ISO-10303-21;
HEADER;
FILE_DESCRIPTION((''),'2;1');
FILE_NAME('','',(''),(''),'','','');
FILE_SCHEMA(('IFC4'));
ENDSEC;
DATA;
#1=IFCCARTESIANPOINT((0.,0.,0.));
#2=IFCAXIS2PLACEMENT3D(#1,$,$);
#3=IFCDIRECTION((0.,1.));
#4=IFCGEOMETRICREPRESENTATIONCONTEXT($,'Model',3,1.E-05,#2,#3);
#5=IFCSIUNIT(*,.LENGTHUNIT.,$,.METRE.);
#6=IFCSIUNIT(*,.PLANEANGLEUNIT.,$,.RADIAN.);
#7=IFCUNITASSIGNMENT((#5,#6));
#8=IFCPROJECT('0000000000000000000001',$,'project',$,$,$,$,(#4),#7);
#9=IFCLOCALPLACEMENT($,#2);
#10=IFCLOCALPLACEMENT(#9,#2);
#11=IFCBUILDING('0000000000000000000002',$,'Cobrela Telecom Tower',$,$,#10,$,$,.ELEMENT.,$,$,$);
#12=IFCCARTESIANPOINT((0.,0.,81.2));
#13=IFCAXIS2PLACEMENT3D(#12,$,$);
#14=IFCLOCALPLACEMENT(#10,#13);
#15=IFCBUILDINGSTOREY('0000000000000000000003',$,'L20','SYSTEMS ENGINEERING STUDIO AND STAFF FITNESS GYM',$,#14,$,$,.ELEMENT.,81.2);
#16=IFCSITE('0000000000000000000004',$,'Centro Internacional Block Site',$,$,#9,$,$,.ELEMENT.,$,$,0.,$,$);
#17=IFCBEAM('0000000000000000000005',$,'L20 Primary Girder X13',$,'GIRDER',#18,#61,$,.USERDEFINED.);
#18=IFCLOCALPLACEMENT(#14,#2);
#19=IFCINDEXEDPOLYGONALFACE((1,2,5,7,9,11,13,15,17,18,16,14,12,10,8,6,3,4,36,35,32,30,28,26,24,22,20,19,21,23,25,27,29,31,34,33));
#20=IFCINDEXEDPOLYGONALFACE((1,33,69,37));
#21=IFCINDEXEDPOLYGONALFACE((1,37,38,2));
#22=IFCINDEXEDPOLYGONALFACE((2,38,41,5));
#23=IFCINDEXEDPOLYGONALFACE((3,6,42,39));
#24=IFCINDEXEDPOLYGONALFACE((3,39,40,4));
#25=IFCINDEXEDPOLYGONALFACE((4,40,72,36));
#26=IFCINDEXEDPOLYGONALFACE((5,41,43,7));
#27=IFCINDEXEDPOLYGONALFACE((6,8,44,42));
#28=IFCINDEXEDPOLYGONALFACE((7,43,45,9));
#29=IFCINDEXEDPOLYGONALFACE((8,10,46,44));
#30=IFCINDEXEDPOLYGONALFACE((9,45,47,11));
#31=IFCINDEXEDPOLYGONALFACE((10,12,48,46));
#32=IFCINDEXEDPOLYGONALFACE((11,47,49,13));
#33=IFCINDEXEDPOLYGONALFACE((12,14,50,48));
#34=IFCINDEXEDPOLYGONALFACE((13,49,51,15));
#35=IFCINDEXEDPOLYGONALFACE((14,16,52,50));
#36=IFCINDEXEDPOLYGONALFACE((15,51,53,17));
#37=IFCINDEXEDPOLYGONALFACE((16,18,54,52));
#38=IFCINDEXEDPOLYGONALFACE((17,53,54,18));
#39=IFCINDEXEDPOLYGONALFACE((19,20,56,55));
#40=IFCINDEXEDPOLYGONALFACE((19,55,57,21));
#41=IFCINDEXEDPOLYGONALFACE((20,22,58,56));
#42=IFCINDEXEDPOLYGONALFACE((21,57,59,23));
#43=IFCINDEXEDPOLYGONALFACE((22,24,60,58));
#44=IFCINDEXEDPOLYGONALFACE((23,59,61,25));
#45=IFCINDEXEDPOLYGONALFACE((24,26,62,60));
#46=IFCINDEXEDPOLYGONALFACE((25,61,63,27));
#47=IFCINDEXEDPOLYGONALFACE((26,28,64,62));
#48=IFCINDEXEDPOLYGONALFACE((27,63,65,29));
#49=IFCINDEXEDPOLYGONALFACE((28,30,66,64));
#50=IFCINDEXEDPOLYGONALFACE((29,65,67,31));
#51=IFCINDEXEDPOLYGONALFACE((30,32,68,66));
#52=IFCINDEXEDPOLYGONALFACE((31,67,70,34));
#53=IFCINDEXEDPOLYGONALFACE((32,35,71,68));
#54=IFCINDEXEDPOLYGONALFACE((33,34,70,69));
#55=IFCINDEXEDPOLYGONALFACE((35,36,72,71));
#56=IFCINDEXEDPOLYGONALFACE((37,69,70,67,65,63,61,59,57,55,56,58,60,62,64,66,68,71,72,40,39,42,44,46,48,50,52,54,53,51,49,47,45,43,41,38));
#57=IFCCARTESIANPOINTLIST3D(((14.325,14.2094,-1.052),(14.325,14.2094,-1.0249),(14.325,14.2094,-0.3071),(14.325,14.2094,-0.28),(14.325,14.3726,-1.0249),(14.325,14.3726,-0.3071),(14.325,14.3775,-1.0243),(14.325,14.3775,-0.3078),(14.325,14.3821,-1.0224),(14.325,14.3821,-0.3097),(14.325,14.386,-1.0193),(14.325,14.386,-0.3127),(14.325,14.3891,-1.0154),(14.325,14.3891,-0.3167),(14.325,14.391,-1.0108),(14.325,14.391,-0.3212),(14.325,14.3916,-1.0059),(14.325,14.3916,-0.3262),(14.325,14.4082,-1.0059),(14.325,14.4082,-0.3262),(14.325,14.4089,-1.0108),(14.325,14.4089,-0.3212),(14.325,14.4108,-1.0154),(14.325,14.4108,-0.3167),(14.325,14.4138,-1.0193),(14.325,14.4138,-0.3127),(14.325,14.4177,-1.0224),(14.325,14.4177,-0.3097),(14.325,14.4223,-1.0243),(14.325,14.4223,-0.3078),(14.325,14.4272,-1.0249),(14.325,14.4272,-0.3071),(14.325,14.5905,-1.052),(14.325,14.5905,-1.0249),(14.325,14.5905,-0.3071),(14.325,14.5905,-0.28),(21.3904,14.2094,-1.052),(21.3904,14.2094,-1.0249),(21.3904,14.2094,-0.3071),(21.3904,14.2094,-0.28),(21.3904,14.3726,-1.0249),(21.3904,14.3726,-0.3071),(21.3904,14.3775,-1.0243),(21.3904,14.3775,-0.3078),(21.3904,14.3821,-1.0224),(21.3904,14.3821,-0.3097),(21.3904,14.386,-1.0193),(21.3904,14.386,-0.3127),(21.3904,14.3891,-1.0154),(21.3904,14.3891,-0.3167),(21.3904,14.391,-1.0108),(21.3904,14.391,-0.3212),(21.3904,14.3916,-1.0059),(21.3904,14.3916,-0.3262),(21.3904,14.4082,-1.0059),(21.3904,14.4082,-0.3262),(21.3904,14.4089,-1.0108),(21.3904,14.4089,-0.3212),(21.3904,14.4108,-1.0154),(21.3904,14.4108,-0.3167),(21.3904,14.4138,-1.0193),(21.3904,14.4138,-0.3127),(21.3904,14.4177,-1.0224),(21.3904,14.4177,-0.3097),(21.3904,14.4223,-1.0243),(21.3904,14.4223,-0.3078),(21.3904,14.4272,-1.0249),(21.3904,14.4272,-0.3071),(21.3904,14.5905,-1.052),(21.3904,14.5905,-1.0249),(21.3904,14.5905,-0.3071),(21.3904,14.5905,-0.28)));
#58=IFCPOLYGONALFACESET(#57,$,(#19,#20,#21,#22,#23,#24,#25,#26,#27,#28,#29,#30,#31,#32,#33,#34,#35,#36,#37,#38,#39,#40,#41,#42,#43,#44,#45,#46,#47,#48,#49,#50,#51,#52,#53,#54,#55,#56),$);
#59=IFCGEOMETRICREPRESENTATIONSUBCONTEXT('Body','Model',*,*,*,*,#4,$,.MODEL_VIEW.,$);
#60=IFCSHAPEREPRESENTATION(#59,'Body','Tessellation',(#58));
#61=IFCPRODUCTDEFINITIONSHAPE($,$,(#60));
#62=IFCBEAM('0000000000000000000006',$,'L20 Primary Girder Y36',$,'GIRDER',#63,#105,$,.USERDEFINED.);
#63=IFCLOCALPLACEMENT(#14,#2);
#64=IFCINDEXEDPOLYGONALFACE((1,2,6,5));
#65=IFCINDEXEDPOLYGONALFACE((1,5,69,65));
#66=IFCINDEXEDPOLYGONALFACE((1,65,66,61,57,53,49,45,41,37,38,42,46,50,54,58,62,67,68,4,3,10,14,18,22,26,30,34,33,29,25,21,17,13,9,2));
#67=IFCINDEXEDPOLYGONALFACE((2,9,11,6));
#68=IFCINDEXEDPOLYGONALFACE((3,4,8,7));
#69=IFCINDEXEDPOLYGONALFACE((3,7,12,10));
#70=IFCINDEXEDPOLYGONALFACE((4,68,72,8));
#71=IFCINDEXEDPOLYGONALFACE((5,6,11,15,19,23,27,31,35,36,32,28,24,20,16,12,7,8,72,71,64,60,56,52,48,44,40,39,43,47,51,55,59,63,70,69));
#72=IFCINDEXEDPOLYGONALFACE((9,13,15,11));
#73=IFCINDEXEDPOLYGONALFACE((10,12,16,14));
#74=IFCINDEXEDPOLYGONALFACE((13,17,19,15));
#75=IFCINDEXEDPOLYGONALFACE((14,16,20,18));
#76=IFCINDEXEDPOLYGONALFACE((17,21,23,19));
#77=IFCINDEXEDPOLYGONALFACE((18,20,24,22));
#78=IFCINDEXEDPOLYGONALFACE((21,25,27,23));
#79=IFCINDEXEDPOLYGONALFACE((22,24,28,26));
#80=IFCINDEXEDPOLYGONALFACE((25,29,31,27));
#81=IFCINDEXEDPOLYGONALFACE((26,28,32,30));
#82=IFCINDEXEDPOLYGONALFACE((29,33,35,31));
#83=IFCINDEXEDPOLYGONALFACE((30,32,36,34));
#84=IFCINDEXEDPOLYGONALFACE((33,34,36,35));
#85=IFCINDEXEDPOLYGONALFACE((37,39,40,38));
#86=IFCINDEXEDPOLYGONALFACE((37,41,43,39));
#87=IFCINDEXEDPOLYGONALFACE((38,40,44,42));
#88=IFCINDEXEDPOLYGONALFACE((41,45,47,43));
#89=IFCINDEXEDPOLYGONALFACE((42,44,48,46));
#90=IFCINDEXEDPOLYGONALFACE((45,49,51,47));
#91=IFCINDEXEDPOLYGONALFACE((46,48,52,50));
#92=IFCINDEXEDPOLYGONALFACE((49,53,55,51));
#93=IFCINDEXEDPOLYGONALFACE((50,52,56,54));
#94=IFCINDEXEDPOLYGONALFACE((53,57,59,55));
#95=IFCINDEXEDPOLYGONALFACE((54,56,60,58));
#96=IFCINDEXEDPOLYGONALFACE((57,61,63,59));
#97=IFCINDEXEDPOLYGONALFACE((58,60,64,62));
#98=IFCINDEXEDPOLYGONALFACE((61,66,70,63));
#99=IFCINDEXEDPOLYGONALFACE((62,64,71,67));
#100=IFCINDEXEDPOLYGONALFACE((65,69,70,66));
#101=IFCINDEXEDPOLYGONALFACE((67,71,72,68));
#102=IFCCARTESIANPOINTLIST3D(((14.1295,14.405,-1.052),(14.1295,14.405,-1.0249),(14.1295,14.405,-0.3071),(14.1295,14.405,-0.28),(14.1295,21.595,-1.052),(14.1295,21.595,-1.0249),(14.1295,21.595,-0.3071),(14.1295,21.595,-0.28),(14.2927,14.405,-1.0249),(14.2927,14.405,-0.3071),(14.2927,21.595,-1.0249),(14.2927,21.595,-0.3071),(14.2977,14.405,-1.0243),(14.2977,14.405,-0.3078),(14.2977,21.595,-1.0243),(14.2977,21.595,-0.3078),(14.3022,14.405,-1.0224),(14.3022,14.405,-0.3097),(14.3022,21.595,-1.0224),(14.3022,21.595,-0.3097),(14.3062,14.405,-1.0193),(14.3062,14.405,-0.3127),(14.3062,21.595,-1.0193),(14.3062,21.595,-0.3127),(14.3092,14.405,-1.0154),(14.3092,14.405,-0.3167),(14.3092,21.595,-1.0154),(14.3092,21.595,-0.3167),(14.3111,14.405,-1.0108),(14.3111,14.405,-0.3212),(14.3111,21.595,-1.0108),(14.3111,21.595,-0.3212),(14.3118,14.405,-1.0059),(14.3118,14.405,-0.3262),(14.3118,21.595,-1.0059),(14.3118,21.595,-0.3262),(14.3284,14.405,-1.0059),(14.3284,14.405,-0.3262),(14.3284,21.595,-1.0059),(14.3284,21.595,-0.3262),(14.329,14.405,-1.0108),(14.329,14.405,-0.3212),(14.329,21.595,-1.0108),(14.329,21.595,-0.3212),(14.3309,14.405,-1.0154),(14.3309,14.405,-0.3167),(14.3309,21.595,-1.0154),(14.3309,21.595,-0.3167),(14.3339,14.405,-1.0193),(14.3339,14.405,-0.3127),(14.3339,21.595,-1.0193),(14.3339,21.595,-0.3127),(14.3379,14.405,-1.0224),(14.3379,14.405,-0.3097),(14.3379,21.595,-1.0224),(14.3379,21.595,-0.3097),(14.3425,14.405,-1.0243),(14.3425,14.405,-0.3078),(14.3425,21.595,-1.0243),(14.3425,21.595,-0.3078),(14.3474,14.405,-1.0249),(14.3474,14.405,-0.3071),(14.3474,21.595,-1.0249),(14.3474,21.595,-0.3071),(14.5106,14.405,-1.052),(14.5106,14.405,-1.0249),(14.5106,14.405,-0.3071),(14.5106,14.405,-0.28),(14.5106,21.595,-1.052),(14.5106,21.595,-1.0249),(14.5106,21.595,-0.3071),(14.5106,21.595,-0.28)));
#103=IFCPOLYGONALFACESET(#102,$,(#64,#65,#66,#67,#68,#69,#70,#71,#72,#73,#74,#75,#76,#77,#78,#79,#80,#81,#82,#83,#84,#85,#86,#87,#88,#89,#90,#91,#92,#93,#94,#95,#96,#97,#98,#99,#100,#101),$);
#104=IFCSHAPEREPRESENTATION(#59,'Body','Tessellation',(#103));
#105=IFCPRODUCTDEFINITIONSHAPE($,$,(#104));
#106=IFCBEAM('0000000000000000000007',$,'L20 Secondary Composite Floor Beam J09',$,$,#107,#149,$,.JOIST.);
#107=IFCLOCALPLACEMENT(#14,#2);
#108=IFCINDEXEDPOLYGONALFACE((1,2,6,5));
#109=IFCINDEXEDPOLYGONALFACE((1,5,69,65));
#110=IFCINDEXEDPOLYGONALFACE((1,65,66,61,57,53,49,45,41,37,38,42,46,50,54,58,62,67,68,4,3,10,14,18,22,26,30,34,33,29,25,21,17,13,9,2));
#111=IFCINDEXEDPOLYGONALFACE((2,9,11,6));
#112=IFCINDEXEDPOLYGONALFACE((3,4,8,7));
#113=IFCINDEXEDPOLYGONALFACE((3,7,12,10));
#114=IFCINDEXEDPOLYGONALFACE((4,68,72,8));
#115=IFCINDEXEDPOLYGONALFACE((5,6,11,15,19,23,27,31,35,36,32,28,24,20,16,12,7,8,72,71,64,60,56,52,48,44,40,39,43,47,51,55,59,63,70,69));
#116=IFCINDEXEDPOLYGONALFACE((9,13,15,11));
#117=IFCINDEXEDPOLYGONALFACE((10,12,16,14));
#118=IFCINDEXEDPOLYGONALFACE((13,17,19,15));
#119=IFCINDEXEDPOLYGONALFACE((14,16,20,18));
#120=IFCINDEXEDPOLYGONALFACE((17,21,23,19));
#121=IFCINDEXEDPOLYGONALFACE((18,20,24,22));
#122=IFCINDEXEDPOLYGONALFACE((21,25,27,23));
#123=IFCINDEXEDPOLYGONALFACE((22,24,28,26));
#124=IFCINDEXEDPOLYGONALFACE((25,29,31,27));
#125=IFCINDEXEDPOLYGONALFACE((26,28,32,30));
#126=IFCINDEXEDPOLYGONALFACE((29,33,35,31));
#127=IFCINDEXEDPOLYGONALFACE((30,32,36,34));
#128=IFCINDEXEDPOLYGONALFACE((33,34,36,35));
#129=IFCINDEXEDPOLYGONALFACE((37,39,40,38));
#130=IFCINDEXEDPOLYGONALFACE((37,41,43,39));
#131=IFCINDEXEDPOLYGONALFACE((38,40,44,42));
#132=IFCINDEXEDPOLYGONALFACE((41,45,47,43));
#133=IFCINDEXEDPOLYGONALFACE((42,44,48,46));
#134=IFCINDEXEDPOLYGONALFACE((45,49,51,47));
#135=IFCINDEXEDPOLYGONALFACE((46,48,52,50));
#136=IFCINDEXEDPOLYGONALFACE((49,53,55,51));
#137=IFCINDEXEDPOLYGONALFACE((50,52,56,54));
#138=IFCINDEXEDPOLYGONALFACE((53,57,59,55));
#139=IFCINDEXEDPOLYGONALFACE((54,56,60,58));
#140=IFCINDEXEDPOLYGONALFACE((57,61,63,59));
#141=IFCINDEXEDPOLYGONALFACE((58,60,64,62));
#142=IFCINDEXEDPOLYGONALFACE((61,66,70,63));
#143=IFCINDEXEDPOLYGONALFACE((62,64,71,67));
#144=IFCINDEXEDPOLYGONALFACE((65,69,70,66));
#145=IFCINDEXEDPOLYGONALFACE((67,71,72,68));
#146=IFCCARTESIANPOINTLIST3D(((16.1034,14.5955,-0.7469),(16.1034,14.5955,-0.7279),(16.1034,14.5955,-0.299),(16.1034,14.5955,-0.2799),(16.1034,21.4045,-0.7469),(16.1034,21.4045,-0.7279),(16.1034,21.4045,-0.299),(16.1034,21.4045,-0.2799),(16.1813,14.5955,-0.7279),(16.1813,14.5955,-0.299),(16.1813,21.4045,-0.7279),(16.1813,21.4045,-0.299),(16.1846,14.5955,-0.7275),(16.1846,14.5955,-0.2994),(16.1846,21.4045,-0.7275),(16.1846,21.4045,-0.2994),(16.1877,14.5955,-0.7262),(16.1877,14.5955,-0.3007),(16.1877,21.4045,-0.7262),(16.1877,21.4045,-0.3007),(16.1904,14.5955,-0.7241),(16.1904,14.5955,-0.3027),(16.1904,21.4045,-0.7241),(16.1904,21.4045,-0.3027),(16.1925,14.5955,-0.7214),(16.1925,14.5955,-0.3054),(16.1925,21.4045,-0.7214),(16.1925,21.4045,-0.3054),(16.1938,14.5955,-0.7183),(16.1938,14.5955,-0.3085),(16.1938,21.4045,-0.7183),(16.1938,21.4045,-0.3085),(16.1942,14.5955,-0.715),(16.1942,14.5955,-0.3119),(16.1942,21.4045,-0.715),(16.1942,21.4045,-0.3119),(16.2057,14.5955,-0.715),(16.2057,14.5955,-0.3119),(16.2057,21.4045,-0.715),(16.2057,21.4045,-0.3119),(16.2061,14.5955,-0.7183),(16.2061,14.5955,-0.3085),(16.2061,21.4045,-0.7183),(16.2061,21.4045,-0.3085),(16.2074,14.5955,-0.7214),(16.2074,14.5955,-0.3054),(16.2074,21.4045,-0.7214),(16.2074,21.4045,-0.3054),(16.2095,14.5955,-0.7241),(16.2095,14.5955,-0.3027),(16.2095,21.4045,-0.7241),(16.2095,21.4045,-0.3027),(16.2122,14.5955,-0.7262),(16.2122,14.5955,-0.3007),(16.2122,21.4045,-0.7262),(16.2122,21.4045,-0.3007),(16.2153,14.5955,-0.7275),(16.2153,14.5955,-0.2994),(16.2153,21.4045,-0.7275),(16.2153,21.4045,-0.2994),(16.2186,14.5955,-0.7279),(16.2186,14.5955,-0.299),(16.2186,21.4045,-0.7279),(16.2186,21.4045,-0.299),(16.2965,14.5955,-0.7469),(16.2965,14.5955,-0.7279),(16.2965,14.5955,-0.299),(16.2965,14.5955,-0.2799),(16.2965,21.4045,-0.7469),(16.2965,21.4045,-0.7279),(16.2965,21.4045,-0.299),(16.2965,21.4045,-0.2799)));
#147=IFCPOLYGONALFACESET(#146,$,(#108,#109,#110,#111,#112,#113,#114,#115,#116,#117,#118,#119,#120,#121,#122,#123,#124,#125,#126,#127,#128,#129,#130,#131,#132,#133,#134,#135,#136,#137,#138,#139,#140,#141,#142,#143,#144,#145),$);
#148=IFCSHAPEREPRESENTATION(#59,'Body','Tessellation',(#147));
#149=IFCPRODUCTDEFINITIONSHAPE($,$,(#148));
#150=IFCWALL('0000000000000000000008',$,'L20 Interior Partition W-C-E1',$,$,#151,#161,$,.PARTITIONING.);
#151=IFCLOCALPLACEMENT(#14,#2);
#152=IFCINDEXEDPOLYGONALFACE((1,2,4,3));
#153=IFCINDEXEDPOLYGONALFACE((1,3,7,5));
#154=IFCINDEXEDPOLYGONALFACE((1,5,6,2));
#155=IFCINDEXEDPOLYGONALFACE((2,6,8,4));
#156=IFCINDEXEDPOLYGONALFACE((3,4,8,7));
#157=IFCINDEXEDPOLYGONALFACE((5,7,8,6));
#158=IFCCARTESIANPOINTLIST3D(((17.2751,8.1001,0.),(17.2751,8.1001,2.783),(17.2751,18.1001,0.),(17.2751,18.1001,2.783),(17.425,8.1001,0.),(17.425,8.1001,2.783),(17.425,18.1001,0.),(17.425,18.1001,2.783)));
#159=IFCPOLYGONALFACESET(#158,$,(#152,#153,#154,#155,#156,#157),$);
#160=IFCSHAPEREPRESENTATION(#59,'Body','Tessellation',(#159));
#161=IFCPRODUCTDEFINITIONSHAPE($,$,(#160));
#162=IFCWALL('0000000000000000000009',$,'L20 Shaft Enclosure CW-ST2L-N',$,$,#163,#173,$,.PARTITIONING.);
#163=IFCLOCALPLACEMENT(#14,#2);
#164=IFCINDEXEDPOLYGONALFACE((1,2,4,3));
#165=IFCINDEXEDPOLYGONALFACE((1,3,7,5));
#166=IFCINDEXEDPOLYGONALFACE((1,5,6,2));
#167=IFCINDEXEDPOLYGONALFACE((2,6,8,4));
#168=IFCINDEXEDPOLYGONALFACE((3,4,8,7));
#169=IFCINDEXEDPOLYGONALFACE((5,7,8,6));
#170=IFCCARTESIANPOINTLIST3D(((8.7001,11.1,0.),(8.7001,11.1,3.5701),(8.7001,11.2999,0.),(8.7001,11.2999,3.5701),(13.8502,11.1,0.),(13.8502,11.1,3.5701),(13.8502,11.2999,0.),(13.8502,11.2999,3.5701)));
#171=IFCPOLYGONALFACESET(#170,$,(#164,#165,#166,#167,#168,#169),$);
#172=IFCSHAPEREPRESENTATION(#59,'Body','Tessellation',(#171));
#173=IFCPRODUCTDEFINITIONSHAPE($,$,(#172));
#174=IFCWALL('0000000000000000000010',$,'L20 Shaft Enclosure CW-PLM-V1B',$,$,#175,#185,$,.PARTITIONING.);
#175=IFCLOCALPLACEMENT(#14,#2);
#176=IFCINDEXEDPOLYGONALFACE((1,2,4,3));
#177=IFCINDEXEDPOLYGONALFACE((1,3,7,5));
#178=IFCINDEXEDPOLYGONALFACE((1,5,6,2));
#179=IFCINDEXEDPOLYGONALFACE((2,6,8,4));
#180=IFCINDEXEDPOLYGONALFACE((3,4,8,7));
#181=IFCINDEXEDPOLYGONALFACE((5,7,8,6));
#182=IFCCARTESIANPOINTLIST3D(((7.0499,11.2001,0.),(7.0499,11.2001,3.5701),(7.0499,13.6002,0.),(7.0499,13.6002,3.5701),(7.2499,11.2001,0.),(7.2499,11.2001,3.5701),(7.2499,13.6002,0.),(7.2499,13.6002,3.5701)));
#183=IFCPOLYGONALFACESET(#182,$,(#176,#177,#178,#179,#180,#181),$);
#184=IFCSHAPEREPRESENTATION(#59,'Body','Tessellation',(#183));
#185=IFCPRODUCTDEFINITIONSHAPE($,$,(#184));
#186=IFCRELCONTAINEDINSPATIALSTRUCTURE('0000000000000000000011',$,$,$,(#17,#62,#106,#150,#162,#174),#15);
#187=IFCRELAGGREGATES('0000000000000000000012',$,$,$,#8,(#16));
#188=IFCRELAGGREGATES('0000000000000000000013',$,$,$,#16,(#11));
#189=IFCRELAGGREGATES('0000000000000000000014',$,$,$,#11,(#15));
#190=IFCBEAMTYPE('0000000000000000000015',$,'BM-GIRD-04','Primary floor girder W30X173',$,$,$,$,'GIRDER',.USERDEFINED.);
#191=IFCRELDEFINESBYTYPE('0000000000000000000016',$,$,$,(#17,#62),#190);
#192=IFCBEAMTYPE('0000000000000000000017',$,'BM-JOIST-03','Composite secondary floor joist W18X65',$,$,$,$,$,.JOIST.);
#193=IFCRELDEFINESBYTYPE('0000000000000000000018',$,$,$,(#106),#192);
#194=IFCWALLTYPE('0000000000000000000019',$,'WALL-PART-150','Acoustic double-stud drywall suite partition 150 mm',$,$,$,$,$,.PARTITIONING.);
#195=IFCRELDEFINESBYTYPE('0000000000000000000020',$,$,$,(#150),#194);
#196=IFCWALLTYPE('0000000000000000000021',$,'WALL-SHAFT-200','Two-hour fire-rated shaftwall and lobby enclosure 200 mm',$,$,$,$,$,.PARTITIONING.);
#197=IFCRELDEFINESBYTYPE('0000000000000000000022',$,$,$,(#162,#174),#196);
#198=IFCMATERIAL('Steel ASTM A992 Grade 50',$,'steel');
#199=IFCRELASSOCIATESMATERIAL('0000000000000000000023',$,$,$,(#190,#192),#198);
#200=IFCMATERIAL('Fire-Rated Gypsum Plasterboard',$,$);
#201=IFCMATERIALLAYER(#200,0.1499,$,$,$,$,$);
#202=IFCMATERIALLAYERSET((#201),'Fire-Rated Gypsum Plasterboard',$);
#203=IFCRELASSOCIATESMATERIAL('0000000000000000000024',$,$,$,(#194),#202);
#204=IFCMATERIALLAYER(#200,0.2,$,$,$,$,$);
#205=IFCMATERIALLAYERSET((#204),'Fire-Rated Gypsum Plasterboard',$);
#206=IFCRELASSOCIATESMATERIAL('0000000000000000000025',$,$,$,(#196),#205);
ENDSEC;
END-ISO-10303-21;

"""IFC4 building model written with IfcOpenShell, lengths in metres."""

from ifc_helpers import new_model, si_unit, direction, frame, frame_2d, origin, origin_2d, place, context, subcontext, project, spatial, rectangle, i_section, extrude, material, layer, layer_set, material_profile, profile_set, type_object, element, save


model = new_model("IFC4")

# Units and contexts
model_context = context("Model", 3, precision=1e-05, world=origin(), true_north=direction((0.0, 1.0)))
body_context = subcontext(model_context, "Body", "Model", "MODEL_VIEW")
ifc_project = project(units=[si_unit("LENGTHUNIT", "METRE"), si_unit("PLANEANGLEUNIT", "RADIAN")], contexts=[model_context])

# Site, building, storey
site_placement = place(None, origin())
site = spatial("IfcSite", under=ifc_project, at=site_placement, Name="Centro Internacional Block Site", CompositionType="ELEMENT", RefElevation=0.0)
building_placement = place(site_placement, origin())
building = spatial("IfcBuilding", under=site, at=building_placement, Name="Cobrela Telecom Tower", CompositionType="ELEMENT")
storey_placement = place(building_placement, frame((0.0, 0.0, 81.2)))
storey = spatial("IfcBuildingStorey", under=building, at=storey_placement, Name="L20", Description="SYSTEMS ENGINEERING STUDIO AND STAFF FITNESS GYM", CompositionType="ELEMENT", Elevation=81.2)

# Beams
ifc_material_1 = material(Name="Steel ASTM A992 Grade 50", Category="steel")
ifc_material_profile_1 = material_profile(ifc_material_1, i_section(OverallWidth=0.3811, OverallDepth=0.772, WebThickness=0.0166, FlangeThickness=0.0271, FilletRadius=0.019, at=origin_2d()), Name="W30X173")
ifc_profile_set_1 = profile_set([ifc_material_profile_1], Name="Steel ASTM A992 Grade 50")
beam_type_1 = type_object("IfcBeamType", Name="BM-GIRD-04", Description="Primary floor girder W30X173", ElementType="GIRDER", PredefinedType="USERDEFINED", material=ifc_profile_set_1)
beam_1_placement = place(storey_placement, frame((14.325, 14.3999, -0.666), z_axis=(1.0, 0.0, 0.0), x_axis=(0.0, 1.0, 0.0)))
element("IfcBeam", 1, at=beam_1_placement, inside=storey, type_object=beam_type_1, Name="L20 Primary Girder X13", ObjectType="GIRDER", PredefinedType="USERDEFINED", context=body_context, shape_type="SweptSolid", body=[
    extrude(i_section(OverallWidth=0.3811, OverallDepth=0.772, WebThickness=0.0166, FlangeThickness=0.0271, FilletRadius=0.019, at=origin_2d()), origin(), (0.0, 0.0, 1.0), 7.0654),
])
beam_2_placement = place(storey_placement, frame((14.3201, 14.405, -0.666), z_axis=(0.0, 1.0, 0.0), x_axis=(-1.0, 0.0, 0.0)))
element("IfcBeam", 2, at=beam_2_placement, inside=storey, type_object=beam_type_1, Name="L20 Primary Girder Y36", ObjectType="GIRDER", PredefinedType="USERDEFINED", context=body_context, shape_type="SweptSolid", body=[
    extrude(i_section(OverallWidth=0.3811, OverallDepth=0.772, WebThickness=0.0166, FlangeThickness=0.0271, FilletRadius=0.019, at=origin_2d()), origin(), (0.0, 0.0, 1.0), 7.1899),
])
ifc_material_profile_2 = material_profile(ifc_material_1, i_section(OverallWidth=0.1931, OverallDepth=0.467, WebThickness=0.0115, FlangeThickness=0.019, FilletRadius=0.0129, at=origin_2d()), Name="W18X65")
ifc_profile_set_2 = profile_set([ifc_material_profile_2], Name="Steel ASTM A992 Grade 50")
beam_type_2 = type_object("IfcBeamType", Name="BM-JOIST-03", Description="Composite secondary floor joist W18X65", PredefinedType="JOIST", material=ifc_profile_set_2)
beam_3_placement = place(storey_placement, frame((16.2, 14.5955, -0.5134), z_axis=(0.0, 1.0, 0.0), x_axis=(-1.0, 0.0, 0.0)))
element("IfcBeam", 3, at=beam_3_placement, inside=storey, type_object=beam_type_2, Name="L20 Secondary Composite Floor Beam J09", PredefinedType="JOIST", context=body_context, shape_type="SweptSolid", body=[
    extrude(i_section(OverallWidth=0.1931, OverallDepth=0.467, WebThickness=0.0115, FlangeThickness=0.019, FilletRadius=0.0129, at=origin_2d()), origin(), (0.0, 0.0, 1.0), 6.8091),
])

# Shared definitions
ifc_material_2 = material(Name="Fire-Rated Gypsum Plasterboard")
ifc_layer_1 = layer(ifc_material_2, 0.1499)
ifc_layer_set_1 = layer_set([ifc_layer_1], Name="Fire-Rated Gypsum Plasterboard")
wall_type_1 = type_object("IfcWallType", Name="WALL-PART-150", Description="Acoustic double-stud drywall suite partition 150 mm", PredefinedType="PARTITIONING", material=ifc_layer_set_1)

# Walls
wall_1_placement = place(storey_placement, frame((17.3501, 8.1001, 0.0), z_axis=(0.0, 0.0, 1.0), x_axis=(0.0, 1.0, 0.0)))
element("IfcWall", 4, at=wall_1_placement, inside=storey, type_object=wall_type_1, Name="L20 Interior Partition W-C-E1", PredefinedType="PARTITIONING", context=body_context, shape_type="SweptSolid", body=[
    extrude(rectangle(XDim=10.0, YDim=0.1499, at=frame_2d((5.0, 0.0))), origin(), (0.0, 0.0, 1.0), 2.783),
])
ifc_layer_2 = layer(ifc_material_2, 0.2)
ifc_layer_set_2 = layer_set([ifc_layer_2], Name="Fire-Rated Gypsum Plasterboard")
wall_type_2 = type_object("IfcWallType", Name="WALL-SHAFT-200", Description="Two-hour fire-rated shaftwall and lobby enclosure 200 mm", PredefinedType="PARTITIONING", material=ifc_layer_set_2)
wall_2_placement = place(storey_placement, frame((8.7, 11.2, 0.0), z_axis=(0.0, 0.0, 1.0), x_axis=(1.0, 0.0, 0.0)))
element("IfcWall", 5, at=wall_2_placement, inside=storey, type_object=wall_type_2, Name="L20 Shaft Enclosure CW-ST2L-N", PredefinedType="PARTITIONING", context=body_context, shape_type="SweptSolid", body=[
    extrude(rectangle(XDim=5.1501, YDim=0.2, at=frame_2d((2.5752, 0.0))), origin(), (0.0, 0.0, 1.0), 3.5701),
])
for number, where, z_axis, x_axis, name in (
    (6, (7.1499, 11.2, 0.0), (0.0, 0.0, 1.0), (0.0, 1.0, 0.0), "L20 Shaft Enclosure CW-PLM-V1B"),
):
    element("IfcWall", number, at=place(storey_placement, frame(where, z_axis=z_axis, x_axis=x_axis)), inside=storey, type_object=wall_type_2, Name=name, PredefinedType="PARTITIONING", context=body_context, shape_type="SweptSolid", body=[
        extrude(rectangle(XDim=2.4001, YDim=0.2, at=frame_2d((1.2002, 0.0))), origin(), (0.0, 0.0, 1.0), 3.5701),
    ])

save(model, "model.ifc")
